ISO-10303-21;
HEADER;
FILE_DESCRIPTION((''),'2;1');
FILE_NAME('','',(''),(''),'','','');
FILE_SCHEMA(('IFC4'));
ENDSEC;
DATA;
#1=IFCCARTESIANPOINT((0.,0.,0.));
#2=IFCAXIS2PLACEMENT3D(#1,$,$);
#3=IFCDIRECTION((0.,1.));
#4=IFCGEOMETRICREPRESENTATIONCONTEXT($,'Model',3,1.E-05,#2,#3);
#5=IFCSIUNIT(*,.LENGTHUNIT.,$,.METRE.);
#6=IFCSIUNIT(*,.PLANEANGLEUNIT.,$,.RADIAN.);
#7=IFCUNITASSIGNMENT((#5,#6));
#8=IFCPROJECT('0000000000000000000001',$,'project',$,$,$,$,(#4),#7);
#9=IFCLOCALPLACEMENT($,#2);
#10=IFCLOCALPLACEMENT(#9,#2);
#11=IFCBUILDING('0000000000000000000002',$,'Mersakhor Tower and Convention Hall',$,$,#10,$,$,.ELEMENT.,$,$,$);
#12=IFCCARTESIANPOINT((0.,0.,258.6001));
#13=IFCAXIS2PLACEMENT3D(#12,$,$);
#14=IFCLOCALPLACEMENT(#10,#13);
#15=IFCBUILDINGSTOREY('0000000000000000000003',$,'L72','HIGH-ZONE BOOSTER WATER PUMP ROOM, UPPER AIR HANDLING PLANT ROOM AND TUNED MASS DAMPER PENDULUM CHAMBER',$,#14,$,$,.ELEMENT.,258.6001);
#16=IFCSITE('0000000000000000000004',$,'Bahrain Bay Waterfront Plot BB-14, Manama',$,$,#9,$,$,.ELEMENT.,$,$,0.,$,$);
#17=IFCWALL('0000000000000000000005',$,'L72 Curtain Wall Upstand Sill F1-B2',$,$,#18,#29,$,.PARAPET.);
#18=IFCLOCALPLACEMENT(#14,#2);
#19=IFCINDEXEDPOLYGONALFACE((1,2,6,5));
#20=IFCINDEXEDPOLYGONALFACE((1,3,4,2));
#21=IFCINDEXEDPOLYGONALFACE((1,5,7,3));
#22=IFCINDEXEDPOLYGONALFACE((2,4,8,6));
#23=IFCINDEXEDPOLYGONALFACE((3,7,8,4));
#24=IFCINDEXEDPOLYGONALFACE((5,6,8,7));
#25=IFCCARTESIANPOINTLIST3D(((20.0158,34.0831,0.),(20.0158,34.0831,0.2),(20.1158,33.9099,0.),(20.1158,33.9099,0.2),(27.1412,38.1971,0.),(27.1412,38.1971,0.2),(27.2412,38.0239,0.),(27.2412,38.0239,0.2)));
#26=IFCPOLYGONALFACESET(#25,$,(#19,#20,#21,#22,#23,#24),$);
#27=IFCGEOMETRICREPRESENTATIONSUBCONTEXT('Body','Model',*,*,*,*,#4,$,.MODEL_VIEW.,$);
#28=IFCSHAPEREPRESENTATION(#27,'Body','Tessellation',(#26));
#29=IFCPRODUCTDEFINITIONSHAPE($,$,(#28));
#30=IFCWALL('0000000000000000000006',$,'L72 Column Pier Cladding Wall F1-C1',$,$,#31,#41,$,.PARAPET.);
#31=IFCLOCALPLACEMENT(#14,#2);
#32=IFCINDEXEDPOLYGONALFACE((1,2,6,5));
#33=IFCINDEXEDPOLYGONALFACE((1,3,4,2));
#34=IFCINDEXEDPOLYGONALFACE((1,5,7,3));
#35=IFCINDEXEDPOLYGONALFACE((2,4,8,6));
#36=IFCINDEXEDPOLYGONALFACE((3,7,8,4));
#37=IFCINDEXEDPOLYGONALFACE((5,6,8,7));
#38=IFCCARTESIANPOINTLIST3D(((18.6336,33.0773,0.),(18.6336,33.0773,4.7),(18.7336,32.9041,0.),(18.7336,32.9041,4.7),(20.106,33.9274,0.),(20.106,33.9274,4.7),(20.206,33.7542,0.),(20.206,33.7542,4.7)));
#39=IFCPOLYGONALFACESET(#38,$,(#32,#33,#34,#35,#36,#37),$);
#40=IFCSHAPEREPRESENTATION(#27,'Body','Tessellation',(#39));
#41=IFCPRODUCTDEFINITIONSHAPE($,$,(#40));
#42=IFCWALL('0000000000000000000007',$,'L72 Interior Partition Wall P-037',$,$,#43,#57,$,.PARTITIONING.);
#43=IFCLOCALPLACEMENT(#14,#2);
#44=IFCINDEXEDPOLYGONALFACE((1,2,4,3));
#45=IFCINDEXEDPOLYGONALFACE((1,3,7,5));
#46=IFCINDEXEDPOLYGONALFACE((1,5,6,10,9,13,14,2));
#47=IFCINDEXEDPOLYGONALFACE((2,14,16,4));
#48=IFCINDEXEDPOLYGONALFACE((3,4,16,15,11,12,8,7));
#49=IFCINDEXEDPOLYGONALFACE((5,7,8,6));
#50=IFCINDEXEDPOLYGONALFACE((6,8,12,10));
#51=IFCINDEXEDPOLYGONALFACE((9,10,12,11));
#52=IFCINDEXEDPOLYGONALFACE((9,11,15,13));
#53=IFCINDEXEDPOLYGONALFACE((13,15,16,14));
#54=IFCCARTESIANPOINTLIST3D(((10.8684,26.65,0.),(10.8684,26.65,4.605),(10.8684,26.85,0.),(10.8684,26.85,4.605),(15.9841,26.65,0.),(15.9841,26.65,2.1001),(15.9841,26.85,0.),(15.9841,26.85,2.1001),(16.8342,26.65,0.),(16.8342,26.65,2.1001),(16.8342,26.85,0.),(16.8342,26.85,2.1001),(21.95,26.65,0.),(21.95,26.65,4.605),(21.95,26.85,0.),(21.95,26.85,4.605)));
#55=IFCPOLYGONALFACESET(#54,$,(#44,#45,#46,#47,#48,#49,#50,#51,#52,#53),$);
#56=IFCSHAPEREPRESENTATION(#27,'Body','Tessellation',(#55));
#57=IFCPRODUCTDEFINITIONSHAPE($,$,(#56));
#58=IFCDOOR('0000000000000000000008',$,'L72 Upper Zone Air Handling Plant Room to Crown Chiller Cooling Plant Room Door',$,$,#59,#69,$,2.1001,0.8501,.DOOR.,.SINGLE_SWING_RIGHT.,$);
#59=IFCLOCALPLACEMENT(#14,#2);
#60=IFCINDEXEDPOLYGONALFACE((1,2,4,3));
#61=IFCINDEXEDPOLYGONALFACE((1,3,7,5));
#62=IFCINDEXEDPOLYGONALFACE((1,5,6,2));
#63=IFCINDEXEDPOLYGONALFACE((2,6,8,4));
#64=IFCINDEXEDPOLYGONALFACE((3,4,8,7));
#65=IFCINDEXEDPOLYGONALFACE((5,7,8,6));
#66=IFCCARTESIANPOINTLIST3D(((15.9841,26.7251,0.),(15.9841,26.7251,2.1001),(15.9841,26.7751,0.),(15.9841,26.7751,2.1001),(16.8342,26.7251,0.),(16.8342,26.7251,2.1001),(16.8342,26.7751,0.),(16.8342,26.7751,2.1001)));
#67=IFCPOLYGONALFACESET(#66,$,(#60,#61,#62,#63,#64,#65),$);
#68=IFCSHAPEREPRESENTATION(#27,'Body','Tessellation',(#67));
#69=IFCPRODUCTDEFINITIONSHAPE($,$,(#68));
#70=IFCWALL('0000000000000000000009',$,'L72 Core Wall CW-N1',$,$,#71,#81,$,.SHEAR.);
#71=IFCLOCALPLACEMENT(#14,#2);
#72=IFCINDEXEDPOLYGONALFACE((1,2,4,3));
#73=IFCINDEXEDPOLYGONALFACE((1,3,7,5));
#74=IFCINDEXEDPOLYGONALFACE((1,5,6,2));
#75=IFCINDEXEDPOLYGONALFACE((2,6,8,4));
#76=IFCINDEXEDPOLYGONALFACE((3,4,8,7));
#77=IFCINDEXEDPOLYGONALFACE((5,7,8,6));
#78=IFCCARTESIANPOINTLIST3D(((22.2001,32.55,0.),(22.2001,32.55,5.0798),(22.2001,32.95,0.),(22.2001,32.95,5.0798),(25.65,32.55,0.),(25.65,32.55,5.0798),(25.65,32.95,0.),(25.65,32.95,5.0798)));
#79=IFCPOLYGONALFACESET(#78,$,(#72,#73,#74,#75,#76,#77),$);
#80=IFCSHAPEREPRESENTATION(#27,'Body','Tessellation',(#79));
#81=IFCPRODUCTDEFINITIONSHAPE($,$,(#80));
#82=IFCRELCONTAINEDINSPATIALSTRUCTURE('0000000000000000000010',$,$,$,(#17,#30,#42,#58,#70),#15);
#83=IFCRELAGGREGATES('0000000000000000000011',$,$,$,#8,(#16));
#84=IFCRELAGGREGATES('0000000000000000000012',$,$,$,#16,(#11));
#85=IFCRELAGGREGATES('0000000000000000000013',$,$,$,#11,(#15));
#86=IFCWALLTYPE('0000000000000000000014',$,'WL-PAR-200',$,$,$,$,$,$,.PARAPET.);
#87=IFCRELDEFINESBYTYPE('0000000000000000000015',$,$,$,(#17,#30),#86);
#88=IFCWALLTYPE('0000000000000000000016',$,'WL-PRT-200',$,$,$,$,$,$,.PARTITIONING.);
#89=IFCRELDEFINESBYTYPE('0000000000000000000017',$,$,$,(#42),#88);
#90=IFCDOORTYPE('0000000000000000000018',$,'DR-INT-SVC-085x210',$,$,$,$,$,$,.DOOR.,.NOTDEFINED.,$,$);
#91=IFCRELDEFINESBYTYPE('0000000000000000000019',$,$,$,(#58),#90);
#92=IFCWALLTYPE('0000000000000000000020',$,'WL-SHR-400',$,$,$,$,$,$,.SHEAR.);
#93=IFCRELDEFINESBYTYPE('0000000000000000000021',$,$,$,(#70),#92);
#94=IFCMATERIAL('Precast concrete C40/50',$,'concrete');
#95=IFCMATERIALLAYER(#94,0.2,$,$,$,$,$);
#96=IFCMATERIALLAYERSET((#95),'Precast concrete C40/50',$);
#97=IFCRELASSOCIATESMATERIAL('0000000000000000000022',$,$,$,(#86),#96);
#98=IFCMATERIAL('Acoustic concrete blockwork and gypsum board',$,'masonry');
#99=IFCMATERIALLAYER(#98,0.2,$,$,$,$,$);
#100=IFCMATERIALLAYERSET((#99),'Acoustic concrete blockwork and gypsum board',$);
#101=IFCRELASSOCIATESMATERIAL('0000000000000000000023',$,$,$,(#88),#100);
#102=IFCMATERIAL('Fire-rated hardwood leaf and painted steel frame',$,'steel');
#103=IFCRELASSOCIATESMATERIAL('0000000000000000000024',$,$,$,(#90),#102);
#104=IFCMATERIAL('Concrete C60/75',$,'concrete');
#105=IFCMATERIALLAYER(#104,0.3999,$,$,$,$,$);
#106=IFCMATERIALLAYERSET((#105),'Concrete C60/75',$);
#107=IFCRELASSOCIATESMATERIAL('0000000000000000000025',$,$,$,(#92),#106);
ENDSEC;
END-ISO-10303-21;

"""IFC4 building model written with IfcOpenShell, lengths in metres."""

from ifc_helpers import new_model, si_unit, direction, frame, frame_2d, origin, place, context, subcontext, project, spatial, rectangle, extrude, material, layer, layer_set, type_object, element, fill, save


model = new_model("IFC4")

# Units and contexts
model_context = context("Model", 3, precision=1e-05, world=origin(), true_north=direction((0.0, 1.0)))
body_context = subcontext(model_context, "Body", "Model", "MODEL_VIEW")
ifc_project = project(units=[si_unit("LENGTHUNIT", "METRE"), si_unit("PLANEANGLEUNIT", "RADIAN")], contexts=[model_context])

# Site, building, storey
site_placement = place(None, origin())
site = spatial("IfcSite", under=ifc_project, at=site_placement, Name="Bahrain Bay Waterfront Plot BB-14, Manama", CompositionType="ELEMENT", RefElevation=0.0)
building_placement = place(site_placement, origin())
building = spatial("IfcBuilding", under=site, at=building_placement, Name="Mersakhor Tower and Convention Hall", CompositionType="ELEMENT")
storey_placement = place(building_placement, frame((0.0, 0.0, 258.6001)))
storey = spatial("IfcBuildingStorey", under=building, at=storey_placement, Name="L72", Description="HIGH-ZONE BOOSTER WATER PUMP ROOM, UPPER AIR HANDLING PLANT ROOM AND TUNED MASS DAMPER PENDULUM CHAMBER", CompositionType="ELEMENT", Elevation=258.6001)

# Walls
ifc_material_1 = material(Name="Precast concrete C40/50", Category="concrete")
ifc_layer_1 = layer(ifc_material_1, 0.2)
ifc_layer_set_1 = layer_set([ifc_layer_1], Name="Precast concrete C40/50")
wall_type_1 = type_object("IfcWallType", Name="WL-PAR-200", PredefinedType="PARAPET", material=ifc_layer_set_1)
wall_1_placement = place(storey_placement, frame((20.0659, 33.9966, 0.0), z_axis=(0.0, 0.0, 1.0), x_axis=(0.86602, 0.50001, 0.0)))
element("IfcWall", 1, at=wall_1_placement, inside=storey, type_object=wall_type_1, Name="L72 Curtain Wall Upstand Sill F1-B2", PredefinedType="PARAPET", context=body_context, shape_type="SweptSolid", body=[
    extrude(rectangle(XDim=8.2278, YDim=0.2, at=frame_2d((4.1138, 0.0))), origin(), (0.0, 0.0, 1.0), 0.2),
])
wall_2_placement = place(storey_placement, frame((18.6836, 32.9907, 0.0), z_axis=(0.0, 0.0, 1.0), x_axis=(0.866025, 0.5, 0.0)))
element("IfcWall", 2, at=wall_2_placement, inside=storey, type_object=wall_type_1, Name="L72 Column Pier Cladding Wall F1-C1", PredefinedType="PARAPET", context=body_context, shape_type="SweptSolid", body=[
    extrude(rectangle(XDim=1.7002, YDim=0.2, at=frame_2d((0.8501, 0.0))), origin(), (0.0, 0.0, 1.0), 4.7),
])

# Wall, opening, door
ifc_material_2 = material(Name="Acoustic concrete blockwork and gypsum board", Category="masonry")
ifc_layer_2 = layer(ifc_material_2, 0.2)
ifc_layer_set_2 = layer_set([ifc_layer_2], Name="Acoustic concrete blockwork and gypsum board")
wall_type_2 = type_object("IfcWallType", Name="WL-PRT-200", PredefinedType="PARTITIONING", material=ifc_layer_set_2)
wall_3_placement = place(storey_placement, frame((21.95, 26.75, 0.0), z_axis=(0.0, 0.0, 1.0), x_axis=(-1.0, 0.0, 0.0)))
wall_3 = element("IfcWall", 3, at=wall_3_placement, inside=storey, type_object=wall_type_2, Name="L72 Interior Partition Wall P-037", PredefinedType="PARTITIONING", context=body_context, shape_type="SweptSolid", body=[
    extrude(rectangle(XDim=11.0815, YDim=0.2, at=frame_2d((5.5408, 0.0))), origin(), (0.0, 0.0, 1.0), 4.605),
])
opening_placement = place(wall_3_placement, frame((5.1157, 0.0, 0.0)))
opening = element("IfcOpeningElement", 4, at=opening_placement, cuts=wall_3, PredefinedType="OPENING", context=body_context, shape_type="SweptSolid", body=[
    extrude(rectangle(XDim=0.8501, YDim=2.1001, at=frame_2d((0.425, 1.05))), frame((0.0, 0.1099, 0.0), z_axis=(0.0, -1.0, 0.0), x_axis=(1.0, 0.0, 0.0)), (0.0, 0.0, 1.0), 0.22),
])
ifc_material_3 = material(Name="Fire-rated hardwood leaf and painted steel frame", Category="steel")
door_type = type_object("IfcDoorType", Name="DR-INT-SVC-085x210", OperationType="NOTDEFINED", PredefinedType="DOOR", material=ifc_material_3)
door_placement = place(opening_placement, origin())
door = element("IfcDoor", 5, at=door_placement, inside=storey, type_object=door_type, Name="L72 Upper Zone Air Handling Plant Room to Crown Chiller Cooling Plant Room Door", OperationType="SINGLE_SWING_RIGHT", OverallHeight=2.1001, OverallWidth=0.8501, PredefinedType="DOOR", context=body_context, shape_type="SweptSolid", body=[
    extrude(rectangle(XDim=0.8501, YDim=2.1001, at=frame_2d((0.425, 1.05))), frame((0.0, 0.0249, 0.0), z_axis=(0.0, -1.0, 0.0), x_axis=(1.0, 0.0, 0.0)), (0.0, 0.0, 1.0), 0.05),
])
fill(opening, door)

# Wall
ifc_material_4 = material(Name="Concrete C60/75", Category="concrete")
ifc_layer_3 = layer(ifc_material_4, 0.3999)
ifc_layer_set_3 = layer_set([ifc_layer_3], Name="Concrete C60/75")
wall_type_3 = type_object("IfcWallType", Name="WL-SHR-400", PredefinedType="SHEAR", material=ifc_layer_set_3)
wall_4_placement = place(storey_placement, frame((22.2, 32.75, 0.0), z_axis=(0.0, 0.0, 1.0), x_axis=(1.0, 0.0, 0.0)))
element("IfcWall", 6, at=wall_4_placement, inside=storey, type_object=wall_type_3, Name="L72 Core Wall CW-N1", PredefinedType="SHEAR", context=body_context, shape_type="SweptSolid", body=[
    extrude(rectangle(XDim=3.45, YDim=0.3999, at=frame_2d((1.7251, 0.0))), origin(), (0.0, 0.0, 1.0), 5.0798),
])

save(model, "model.ifc")
